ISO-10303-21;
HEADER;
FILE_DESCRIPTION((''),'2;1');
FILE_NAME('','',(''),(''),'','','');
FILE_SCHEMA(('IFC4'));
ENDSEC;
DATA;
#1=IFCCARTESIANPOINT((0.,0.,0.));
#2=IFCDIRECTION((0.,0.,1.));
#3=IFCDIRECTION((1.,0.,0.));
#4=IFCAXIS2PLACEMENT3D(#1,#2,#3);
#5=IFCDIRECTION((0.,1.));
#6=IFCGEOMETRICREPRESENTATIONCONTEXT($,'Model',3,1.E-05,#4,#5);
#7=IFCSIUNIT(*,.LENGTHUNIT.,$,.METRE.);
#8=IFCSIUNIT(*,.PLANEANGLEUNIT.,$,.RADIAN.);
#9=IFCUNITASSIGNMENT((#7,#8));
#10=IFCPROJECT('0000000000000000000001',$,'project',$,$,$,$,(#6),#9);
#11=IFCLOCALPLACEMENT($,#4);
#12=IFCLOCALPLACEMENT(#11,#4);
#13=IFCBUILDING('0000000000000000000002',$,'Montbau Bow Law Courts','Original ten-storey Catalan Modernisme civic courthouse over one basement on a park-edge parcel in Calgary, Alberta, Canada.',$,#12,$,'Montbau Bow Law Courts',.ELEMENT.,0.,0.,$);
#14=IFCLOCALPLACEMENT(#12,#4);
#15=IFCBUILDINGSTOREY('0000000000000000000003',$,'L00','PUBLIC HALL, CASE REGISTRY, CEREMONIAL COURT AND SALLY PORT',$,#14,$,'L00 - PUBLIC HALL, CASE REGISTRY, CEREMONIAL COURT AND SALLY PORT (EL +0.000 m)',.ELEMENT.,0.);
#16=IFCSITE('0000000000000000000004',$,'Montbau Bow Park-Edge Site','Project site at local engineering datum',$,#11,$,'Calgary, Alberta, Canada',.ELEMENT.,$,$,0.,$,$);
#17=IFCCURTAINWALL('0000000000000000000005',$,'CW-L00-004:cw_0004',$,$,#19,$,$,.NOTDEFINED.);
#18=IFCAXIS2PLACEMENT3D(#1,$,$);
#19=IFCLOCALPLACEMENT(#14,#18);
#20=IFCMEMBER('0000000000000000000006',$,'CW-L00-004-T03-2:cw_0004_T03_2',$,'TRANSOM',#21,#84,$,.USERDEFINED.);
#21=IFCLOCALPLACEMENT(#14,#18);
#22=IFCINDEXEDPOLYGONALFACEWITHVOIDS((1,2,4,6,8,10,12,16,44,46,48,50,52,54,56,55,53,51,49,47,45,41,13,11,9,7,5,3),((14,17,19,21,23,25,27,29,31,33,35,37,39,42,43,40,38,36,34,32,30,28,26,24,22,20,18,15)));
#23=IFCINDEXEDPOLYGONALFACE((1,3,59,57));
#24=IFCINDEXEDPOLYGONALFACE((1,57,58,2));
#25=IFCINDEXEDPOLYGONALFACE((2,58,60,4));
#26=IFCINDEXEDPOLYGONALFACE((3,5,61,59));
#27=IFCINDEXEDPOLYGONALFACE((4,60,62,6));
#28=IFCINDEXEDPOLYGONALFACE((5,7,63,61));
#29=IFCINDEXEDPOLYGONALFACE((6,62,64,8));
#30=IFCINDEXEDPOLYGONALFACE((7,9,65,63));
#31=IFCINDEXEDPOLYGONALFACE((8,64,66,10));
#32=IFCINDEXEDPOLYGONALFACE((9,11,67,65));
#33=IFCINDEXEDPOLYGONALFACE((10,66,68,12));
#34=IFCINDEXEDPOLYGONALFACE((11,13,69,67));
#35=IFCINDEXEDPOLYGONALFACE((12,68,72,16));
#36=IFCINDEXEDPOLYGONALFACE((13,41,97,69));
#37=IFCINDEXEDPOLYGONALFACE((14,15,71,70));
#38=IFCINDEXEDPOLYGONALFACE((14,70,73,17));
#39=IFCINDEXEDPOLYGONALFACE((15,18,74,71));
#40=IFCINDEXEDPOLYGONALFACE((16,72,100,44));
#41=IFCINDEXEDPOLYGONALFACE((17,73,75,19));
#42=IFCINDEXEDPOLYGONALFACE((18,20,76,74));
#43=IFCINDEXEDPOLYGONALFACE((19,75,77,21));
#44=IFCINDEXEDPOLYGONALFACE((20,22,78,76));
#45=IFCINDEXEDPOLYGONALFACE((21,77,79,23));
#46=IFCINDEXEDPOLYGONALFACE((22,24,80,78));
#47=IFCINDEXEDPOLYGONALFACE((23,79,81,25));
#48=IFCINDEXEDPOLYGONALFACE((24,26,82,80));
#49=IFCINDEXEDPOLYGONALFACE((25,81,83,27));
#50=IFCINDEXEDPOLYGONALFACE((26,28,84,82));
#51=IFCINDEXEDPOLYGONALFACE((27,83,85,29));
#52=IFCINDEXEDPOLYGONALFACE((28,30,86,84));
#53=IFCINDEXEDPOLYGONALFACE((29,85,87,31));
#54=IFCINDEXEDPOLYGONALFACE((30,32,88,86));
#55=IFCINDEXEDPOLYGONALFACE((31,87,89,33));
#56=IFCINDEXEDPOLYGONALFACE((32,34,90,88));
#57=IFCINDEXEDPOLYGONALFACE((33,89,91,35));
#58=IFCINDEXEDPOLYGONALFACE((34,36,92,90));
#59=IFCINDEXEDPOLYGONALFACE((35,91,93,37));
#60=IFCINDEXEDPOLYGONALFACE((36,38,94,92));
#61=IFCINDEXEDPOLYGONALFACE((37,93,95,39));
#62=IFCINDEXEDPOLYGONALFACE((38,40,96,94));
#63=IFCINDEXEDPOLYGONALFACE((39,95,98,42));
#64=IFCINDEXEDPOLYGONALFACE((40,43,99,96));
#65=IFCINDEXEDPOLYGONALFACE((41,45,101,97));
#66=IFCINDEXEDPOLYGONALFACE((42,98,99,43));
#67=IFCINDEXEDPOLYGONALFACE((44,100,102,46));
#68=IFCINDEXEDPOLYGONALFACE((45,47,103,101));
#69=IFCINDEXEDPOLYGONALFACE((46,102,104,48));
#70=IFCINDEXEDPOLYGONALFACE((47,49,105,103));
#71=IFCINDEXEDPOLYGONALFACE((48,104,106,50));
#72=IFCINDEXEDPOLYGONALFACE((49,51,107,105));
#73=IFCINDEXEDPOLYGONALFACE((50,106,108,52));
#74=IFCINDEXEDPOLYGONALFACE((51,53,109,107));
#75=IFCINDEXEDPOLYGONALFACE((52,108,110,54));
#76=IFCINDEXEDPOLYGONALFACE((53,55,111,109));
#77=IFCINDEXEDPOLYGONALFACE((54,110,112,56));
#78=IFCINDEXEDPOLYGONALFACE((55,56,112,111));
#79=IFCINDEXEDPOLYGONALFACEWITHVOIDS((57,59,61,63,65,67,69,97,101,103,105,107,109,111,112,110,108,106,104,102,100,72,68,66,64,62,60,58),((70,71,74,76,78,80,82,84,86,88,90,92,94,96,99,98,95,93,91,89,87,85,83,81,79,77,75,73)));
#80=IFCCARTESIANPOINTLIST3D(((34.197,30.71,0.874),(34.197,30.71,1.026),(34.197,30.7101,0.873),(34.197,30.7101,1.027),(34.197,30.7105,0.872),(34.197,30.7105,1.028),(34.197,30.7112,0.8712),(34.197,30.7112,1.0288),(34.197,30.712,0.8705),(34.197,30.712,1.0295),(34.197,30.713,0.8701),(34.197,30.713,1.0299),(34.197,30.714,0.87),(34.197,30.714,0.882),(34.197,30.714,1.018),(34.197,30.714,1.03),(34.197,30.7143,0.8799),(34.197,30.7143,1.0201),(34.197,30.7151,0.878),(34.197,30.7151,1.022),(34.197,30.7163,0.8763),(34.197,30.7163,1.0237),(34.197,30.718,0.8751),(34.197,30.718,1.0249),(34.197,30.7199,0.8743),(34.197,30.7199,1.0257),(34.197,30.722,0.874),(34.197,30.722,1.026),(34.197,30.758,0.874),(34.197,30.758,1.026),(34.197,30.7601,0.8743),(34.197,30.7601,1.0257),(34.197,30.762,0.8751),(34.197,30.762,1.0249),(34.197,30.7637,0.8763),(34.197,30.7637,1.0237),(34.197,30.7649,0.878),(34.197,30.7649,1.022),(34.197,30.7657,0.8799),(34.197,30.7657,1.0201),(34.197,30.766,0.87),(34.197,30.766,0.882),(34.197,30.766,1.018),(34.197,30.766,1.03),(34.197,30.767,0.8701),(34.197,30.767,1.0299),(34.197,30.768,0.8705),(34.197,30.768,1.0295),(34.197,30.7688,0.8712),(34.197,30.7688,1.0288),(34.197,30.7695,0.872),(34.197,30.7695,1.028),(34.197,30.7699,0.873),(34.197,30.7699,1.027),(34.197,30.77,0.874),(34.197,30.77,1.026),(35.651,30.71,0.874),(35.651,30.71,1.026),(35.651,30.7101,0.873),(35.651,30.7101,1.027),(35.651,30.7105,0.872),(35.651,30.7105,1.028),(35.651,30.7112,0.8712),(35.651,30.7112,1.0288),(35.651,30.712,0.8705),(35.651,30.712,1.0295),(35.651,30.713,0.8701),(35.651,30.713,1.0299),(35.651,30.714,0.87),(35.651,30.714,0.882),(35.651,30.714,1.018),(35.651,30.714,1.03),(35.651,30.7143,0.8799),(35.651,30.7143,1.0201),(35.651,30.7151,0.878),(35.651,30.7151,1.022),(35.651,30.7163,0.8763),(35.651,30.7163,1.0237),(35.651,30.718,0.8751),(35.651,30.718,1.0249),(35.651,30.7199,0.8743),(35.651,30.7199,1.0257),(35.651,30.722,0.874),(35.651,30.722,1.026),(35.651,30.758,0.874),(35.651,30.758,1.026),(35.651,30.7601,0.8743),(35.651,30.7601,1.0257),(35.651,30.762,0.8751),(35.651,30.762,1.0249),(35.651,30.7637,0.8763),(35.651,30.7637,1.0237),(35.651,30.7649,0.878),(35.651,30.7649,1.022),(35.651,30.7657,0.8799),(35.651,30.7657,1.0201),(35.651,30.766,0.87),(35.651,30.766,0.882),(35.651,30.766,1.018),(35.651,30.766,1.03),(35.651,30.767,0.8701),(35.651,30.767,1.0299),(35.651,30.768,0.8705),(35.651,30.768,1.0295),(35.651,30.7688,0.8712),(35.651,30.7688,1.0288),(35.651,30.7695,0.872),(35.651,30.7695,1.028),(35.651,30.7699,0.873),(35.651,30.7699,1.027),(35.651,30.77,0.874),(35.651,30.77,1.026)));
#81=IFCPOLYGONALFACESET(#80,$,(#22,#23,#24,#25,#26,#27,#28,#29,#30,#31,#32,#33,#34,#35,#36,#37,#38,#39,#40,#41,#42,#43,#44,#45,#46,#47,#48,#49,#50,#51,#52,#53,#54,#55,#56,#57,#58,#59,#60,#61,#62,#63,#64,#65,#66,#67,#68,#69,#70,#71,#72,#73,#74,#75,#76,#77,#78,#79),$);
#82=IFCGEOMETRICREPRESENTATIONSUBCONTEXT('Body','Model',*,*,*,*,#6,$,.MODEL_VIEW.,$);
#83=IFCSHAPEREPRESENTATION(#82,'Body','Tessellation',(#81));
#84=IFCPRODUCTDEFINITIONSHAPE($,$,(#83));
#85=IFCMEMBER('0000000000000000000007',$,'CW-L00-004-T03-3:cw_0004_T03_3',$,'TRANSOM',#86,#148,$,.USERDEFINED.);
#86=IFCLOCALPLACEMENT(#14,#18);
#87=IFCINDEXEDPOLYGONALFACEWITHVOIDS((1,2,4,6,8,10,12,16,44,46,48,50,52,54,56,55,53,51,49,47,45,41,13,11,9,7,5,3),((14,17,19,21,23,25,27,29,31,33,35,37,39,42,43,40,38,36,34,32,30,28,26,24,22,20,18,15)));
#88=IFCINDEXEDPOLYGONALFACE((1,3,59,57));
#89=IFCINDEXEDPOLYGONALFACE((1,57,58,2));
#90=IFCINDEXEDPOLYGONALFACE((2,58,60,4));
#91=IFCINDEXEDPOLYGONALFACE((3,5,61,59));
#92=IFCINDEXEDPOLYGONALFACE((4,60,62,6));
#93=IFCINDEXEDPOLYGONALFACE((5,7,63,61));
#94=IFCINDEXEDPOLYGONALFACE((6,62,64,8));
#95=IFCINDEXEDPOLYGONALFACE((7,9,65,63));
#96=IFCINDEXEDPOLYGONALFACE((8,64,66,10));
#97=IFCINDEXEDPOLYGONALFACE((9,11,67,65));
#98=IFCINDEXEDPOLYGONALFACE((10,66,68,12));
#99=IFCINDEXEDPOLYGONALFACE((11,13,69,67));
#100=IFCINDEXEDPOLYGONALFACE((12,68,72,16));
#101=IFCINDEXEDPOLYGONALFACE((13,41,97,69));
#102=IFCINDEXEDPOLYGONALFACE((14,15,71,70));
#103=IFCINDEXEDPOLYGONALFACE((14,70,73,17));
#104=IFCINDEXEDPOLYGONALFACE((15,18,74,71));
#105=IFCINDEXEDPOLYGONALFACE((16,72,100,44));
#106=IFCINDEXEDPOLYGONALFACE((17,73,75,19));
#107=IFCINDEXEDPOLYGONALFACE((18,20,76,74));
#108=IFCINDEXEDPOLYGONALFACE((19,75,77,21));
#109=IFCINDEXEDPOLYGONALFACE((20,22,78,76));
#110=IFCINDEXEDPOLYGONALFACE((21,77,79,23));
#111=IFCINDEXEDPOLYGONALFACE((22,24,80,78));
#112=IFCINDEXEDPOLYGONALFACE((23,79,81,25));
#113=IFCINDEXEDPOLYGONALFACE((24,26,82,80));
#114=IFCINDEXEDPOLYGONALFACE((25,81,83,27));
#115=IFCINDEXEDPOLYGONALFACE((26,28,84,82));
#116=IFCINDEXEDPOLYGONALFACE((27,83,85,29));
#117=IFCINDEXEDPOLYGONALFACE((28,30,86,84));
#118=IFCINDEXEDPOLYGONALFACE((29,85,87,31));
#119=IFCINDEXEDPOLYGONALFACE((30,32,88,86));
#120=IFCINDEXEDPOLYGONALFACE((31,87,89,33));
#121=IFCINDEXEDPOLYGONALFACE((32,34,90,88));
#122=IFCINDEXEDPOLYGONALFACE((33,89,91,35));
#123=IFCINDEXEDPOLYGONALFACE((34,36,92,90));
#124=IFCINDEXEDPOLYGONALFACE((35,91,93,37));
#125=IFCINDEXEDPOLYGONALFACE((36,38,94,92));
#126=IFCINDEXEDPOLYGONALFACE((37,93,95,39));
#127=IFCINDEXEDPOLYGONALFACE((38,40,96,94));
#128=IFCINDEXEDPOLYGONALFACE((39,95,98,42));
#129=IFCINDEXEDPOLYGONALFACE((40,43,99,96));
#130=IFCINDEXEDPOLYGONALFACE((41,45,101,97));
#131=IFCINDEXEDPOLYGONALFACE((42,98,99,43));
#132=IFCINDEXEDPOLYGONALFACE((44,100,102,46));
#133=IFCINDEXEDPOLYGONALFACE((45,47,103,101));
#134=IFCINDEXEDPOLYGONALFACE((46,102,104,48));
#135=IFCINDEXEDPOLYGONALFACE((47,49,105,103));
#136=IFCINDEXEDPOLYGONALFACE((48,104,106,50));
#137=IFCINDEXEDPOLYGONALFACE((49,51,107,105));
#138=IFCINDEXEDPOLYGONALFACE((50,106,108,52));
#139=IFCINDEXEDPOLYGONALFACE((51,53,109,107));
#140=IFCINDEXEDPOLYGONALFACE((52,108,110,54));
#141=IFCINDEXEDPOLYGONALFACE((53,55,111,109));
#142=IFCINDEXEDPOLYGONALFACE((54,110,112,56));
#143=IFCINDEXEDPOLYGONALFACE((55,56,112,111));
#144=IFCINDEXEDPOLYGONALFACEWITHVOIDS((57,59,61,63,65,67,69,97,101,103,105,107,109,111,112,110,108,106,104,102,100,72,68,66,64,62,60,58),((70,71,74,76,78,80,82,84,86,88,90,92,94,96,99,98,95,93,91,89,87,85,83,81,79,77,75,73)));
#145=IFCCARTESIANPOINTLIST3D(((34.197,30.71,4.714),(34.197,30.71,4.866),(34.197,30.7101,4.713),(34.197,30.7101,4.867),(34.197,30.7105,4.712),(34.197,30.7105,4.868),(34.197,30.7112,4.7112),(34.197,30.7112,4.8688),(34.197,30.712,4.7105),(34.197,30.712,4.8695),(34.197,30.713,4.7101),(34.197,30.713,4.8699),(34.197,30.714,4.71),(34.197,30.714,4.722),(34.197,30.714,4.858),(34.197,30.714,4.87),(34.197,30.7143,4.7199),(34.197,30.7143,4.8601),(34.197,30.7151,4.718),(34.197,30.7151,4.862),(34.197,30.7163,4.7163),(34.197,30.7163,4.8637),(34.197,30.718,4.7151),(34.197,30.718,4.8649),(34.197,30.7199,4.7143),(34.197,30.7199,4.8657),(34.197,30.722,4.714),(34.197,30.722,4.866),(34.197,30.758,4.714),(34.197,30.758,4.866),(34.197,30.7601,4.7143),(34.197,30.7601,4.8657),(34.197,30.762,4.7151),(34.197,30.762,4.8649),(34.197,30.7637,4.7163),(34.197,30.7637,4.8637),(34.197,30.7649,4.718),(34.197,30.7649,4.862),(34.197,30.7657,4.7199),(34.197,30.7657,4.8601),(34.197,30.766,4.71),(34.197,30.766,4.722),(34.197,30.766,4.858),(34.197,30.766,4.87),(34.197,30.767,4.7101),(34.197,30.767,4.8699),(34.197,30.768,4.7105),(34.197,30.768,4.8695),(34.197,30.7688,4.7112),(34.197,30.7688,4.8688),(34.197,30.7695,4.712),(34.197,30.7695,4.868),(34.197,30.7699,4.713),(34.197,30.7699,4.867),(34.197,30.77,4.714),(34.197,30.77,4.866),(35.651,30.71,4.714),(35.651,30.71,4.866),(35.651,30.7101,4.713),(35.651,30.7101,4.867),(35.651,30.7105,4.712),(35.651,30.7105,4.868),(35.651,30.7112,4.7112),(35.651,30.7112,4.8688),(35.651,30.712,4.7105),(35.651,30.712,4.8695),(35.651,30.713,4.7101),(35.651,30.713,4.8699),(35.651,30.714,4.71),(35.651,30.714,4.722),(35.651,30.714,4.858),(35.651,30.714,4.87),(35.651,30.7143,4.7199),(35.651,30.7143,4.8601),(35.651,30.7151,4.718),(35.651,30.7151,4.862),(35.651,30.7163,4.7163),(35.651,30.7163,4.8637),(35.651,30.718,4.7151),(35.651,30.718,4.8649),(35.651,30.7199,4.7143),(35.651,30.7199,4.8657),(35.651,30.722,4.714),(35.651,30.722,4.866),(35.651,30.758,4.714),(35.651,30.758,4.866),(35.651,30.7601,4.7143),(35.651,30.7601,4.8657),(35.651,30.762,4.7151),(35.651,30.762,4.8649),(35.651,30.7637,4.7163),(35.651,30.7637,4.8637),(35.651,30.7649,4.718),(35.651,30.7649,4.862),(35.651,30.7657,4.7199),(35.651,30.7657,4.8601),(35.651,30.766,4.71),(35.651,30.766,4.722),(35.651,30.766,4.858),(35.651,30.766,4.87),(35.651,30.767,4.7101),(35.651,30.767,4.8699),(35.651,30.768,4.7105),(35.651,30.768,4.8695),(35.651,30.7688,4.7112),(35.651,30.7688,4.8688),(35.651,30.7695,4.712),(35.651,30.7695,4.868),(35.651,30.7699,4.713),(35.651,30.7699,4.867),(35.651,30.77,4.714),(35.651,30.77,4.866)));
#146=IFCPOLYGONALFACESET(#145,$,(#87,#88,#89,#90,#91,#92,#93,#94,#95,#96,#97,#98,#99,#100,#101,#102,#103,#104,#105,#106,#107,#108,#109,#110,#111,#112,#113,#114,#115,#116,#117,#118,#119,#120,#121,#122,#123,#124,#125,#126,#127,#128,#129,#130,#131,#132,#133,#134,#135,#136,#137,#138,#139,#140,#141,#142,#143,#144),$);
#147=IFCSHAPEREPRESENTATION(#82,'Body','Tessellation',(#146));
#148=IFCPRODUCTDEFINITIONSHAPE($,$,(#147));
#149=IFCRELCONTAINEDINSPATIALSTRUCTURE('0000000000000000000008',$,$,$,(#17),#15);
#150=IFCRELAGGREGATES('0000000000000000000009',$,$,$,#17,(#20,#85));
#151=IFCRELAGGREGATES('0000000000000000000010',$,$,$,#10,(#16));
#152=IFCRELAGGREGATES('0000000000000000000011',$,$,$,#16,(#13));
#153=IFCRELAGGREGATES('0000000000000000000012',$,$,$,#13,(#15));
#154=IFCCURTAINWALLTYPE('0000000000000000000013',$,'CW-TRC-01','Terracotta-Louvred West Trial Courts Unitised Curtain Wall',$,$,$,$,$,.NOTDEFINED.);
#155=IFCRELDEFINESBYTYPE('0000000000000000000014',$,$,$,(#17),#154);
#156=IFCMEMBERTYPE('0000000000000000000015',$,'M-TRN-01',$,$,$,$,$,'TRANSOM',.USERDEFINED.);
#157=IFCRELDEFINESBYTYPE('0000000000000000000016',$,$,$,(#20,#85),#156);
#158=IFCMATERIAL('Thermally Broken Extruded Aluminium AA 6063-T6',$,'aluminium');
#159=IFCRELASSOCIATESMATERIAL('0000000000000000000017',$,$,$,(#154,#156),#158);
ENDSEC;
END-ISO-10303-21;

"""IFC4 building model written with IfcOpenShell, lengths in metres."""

from ifc_helpers import new_model, si_unit, direction, frame, origin_with_axes, origin_2d_with_axis, place, context, subcontext, project, spatial, hollow_rectangle, extrude, material, material_profile, profile_set, type_object, element, aggregate, save


model = new_model("IFC4")

# Units and contexts
model_context = context("Model", 3, precision=1e-05, world=origin_with_axes(), true_north=direction((0.0, 1.0)))
body_context = subcontext(model_context, "Body", "Model", "MODEL_VIEW")
ifc_project = project(units=[si_unit("LENGTHUNIT", "METRE"), si_unit("PLANEANGLEUNIT", "RADIAN")], contexts=[model_context])

# Site, building, storey
site_placement = place(None, origin_with_axes())
site = spatial("IfcSite", under=ifc_project, at=site_placement, Name="Montbau Bow Park-Edge Site", Description="Project site at local engineering datum", LongName="Calgary, Alberta, Canada", CompositionType="ELEMENT", RefElevation=0.0)
building_placement = place(site_placement, origin_with_axes())
building = spatial("IfcBuilding", under=site, at=building_placement, Name="Montbau Bow Law Courts", Description="Original ten-storey Catalan Modernisme civic courthouse over one basement on a park-edge parcel in Calgary, Alberta, Canada.", LongName="Montbau Bow Law Courts", CompositionType="ELEMENT", ElevationOfRefHeight=0.0, ElevationOfTerrain=0.0)
storey_placement = place(building_placement, origin_with_axes())
storey = spatial("IfcBuildingStorey", under=building, at=storey_placement, Name="L00", Description="PUBLIC HALL, CASE REGISTRY, CEREMONIAL COURT AND SALLY PORT", LongName="L00 - PUBLIC HALL, CASE REGISTRY, CEREMONIAL COURT AND SALLY PORT (EL +0.000 m)", CompositionType="ELEMENT", Elevation=0.0)

# Curtain wall, members
ifc_material_1 = material(Name="Thermally Broken Extruded Aluminium AA 6063-T6", Category="aluminium")
curtain_wall_type = type_object("IfcCurtainWallType", Name="CW-TRC-01", Description="Terracotta-Louvred West Trial Courts Unitised Curtain Wall", PredefinedType="NOTDEFINED", material=ifc_material_1)
curtain_wall_placement = place(None, frame((31.115, 30.74, 0.0), z_axis=(0.0, 0.0, 1.0), x_axis=(1.0, 0.0, 0.0)))
curtain_wall = element("IfcCurtainWall", 1, at=curtain_wall_placement, inside=storey, type_object=curtain_wall_type, Name="CW-L00-004:cw_0004", PredefinedType="NOTDEFINED")
ifc_material_profile_1 = material_profile(ifc_material_1, hollow_rectangle(XDim=0.06, YDim=0.16, WallThickness=0.004, InnerFilletRadius=0.008, OuterFilletRadius=0.004, at=origin_2d_with_axis()), Name="CWT-160X60", Category="Main", Priority=0)
ifc_profile_set_1 = profile_set([ifc_material_profile_1], Name="Thermally Broken Extruded Aluminium AA 6063-T6")
member_type_1 = type_object("IfcMemberType", Name="M-TRN-01", ElementType="TRANSOM", PredefinedType="USERDEFINED", material=ifc_profile_set_1)
member_1_placement = place(None, frame((34.197, 30.74, 0.95), z_axis=(1.0, 0.0, 0.0), x_axis=(0.0, 1.0, 0.0)))
member_1 = element("IfcMember", 2, at=member_1_placement, type_object=member_type_1, Name="CW-L00-004-T03-2:cw_0004_T03_2", ObjectType="TRANSOM", PredefinedType="USERDEFINED", context=body_context, shape_type="SweptSolid", body=[
    extrude(hollow_rectangle(XDim=0.06, YDim=0.16, WallThickness=0.004, InnerFilletRadius=0.008, OuterFilletRadius=0.004, at=origin_2d_with_axis()), origin_with_axes(), (0.0, 0.0, 1.0), 1.454),
])
member_2_placement = place(None, frame((34.197, 30.74, 4.79), z_axis=(1.0, 0.0, 0.0), x_axis=(0.0, 1.0, 0.0)))
member_2 = element("IfcMember", 3, at=member_2_placement, type_object=member_type_1, Name="CW-L00-004-T03-3:cw_0004_T03_3", ObjectType="TRANSOM", PredefinedType="USERDEFINED", context=body_context, shape_type="SweptSolid", body=[
    extrude(hollow_rectangle(XDim=0.06, YDim=0.16, WallThickness=0.004, InnerFilletRadius=0.008, OuterFilletRadius=0.004, at=origin_2d_with_axis()), origin_with_axes(), (0.0, 0.0, 1.0), 1.454),
])
aggregate(curtain_wall, [member_1, member_2])

save(model, "model.ifc")
